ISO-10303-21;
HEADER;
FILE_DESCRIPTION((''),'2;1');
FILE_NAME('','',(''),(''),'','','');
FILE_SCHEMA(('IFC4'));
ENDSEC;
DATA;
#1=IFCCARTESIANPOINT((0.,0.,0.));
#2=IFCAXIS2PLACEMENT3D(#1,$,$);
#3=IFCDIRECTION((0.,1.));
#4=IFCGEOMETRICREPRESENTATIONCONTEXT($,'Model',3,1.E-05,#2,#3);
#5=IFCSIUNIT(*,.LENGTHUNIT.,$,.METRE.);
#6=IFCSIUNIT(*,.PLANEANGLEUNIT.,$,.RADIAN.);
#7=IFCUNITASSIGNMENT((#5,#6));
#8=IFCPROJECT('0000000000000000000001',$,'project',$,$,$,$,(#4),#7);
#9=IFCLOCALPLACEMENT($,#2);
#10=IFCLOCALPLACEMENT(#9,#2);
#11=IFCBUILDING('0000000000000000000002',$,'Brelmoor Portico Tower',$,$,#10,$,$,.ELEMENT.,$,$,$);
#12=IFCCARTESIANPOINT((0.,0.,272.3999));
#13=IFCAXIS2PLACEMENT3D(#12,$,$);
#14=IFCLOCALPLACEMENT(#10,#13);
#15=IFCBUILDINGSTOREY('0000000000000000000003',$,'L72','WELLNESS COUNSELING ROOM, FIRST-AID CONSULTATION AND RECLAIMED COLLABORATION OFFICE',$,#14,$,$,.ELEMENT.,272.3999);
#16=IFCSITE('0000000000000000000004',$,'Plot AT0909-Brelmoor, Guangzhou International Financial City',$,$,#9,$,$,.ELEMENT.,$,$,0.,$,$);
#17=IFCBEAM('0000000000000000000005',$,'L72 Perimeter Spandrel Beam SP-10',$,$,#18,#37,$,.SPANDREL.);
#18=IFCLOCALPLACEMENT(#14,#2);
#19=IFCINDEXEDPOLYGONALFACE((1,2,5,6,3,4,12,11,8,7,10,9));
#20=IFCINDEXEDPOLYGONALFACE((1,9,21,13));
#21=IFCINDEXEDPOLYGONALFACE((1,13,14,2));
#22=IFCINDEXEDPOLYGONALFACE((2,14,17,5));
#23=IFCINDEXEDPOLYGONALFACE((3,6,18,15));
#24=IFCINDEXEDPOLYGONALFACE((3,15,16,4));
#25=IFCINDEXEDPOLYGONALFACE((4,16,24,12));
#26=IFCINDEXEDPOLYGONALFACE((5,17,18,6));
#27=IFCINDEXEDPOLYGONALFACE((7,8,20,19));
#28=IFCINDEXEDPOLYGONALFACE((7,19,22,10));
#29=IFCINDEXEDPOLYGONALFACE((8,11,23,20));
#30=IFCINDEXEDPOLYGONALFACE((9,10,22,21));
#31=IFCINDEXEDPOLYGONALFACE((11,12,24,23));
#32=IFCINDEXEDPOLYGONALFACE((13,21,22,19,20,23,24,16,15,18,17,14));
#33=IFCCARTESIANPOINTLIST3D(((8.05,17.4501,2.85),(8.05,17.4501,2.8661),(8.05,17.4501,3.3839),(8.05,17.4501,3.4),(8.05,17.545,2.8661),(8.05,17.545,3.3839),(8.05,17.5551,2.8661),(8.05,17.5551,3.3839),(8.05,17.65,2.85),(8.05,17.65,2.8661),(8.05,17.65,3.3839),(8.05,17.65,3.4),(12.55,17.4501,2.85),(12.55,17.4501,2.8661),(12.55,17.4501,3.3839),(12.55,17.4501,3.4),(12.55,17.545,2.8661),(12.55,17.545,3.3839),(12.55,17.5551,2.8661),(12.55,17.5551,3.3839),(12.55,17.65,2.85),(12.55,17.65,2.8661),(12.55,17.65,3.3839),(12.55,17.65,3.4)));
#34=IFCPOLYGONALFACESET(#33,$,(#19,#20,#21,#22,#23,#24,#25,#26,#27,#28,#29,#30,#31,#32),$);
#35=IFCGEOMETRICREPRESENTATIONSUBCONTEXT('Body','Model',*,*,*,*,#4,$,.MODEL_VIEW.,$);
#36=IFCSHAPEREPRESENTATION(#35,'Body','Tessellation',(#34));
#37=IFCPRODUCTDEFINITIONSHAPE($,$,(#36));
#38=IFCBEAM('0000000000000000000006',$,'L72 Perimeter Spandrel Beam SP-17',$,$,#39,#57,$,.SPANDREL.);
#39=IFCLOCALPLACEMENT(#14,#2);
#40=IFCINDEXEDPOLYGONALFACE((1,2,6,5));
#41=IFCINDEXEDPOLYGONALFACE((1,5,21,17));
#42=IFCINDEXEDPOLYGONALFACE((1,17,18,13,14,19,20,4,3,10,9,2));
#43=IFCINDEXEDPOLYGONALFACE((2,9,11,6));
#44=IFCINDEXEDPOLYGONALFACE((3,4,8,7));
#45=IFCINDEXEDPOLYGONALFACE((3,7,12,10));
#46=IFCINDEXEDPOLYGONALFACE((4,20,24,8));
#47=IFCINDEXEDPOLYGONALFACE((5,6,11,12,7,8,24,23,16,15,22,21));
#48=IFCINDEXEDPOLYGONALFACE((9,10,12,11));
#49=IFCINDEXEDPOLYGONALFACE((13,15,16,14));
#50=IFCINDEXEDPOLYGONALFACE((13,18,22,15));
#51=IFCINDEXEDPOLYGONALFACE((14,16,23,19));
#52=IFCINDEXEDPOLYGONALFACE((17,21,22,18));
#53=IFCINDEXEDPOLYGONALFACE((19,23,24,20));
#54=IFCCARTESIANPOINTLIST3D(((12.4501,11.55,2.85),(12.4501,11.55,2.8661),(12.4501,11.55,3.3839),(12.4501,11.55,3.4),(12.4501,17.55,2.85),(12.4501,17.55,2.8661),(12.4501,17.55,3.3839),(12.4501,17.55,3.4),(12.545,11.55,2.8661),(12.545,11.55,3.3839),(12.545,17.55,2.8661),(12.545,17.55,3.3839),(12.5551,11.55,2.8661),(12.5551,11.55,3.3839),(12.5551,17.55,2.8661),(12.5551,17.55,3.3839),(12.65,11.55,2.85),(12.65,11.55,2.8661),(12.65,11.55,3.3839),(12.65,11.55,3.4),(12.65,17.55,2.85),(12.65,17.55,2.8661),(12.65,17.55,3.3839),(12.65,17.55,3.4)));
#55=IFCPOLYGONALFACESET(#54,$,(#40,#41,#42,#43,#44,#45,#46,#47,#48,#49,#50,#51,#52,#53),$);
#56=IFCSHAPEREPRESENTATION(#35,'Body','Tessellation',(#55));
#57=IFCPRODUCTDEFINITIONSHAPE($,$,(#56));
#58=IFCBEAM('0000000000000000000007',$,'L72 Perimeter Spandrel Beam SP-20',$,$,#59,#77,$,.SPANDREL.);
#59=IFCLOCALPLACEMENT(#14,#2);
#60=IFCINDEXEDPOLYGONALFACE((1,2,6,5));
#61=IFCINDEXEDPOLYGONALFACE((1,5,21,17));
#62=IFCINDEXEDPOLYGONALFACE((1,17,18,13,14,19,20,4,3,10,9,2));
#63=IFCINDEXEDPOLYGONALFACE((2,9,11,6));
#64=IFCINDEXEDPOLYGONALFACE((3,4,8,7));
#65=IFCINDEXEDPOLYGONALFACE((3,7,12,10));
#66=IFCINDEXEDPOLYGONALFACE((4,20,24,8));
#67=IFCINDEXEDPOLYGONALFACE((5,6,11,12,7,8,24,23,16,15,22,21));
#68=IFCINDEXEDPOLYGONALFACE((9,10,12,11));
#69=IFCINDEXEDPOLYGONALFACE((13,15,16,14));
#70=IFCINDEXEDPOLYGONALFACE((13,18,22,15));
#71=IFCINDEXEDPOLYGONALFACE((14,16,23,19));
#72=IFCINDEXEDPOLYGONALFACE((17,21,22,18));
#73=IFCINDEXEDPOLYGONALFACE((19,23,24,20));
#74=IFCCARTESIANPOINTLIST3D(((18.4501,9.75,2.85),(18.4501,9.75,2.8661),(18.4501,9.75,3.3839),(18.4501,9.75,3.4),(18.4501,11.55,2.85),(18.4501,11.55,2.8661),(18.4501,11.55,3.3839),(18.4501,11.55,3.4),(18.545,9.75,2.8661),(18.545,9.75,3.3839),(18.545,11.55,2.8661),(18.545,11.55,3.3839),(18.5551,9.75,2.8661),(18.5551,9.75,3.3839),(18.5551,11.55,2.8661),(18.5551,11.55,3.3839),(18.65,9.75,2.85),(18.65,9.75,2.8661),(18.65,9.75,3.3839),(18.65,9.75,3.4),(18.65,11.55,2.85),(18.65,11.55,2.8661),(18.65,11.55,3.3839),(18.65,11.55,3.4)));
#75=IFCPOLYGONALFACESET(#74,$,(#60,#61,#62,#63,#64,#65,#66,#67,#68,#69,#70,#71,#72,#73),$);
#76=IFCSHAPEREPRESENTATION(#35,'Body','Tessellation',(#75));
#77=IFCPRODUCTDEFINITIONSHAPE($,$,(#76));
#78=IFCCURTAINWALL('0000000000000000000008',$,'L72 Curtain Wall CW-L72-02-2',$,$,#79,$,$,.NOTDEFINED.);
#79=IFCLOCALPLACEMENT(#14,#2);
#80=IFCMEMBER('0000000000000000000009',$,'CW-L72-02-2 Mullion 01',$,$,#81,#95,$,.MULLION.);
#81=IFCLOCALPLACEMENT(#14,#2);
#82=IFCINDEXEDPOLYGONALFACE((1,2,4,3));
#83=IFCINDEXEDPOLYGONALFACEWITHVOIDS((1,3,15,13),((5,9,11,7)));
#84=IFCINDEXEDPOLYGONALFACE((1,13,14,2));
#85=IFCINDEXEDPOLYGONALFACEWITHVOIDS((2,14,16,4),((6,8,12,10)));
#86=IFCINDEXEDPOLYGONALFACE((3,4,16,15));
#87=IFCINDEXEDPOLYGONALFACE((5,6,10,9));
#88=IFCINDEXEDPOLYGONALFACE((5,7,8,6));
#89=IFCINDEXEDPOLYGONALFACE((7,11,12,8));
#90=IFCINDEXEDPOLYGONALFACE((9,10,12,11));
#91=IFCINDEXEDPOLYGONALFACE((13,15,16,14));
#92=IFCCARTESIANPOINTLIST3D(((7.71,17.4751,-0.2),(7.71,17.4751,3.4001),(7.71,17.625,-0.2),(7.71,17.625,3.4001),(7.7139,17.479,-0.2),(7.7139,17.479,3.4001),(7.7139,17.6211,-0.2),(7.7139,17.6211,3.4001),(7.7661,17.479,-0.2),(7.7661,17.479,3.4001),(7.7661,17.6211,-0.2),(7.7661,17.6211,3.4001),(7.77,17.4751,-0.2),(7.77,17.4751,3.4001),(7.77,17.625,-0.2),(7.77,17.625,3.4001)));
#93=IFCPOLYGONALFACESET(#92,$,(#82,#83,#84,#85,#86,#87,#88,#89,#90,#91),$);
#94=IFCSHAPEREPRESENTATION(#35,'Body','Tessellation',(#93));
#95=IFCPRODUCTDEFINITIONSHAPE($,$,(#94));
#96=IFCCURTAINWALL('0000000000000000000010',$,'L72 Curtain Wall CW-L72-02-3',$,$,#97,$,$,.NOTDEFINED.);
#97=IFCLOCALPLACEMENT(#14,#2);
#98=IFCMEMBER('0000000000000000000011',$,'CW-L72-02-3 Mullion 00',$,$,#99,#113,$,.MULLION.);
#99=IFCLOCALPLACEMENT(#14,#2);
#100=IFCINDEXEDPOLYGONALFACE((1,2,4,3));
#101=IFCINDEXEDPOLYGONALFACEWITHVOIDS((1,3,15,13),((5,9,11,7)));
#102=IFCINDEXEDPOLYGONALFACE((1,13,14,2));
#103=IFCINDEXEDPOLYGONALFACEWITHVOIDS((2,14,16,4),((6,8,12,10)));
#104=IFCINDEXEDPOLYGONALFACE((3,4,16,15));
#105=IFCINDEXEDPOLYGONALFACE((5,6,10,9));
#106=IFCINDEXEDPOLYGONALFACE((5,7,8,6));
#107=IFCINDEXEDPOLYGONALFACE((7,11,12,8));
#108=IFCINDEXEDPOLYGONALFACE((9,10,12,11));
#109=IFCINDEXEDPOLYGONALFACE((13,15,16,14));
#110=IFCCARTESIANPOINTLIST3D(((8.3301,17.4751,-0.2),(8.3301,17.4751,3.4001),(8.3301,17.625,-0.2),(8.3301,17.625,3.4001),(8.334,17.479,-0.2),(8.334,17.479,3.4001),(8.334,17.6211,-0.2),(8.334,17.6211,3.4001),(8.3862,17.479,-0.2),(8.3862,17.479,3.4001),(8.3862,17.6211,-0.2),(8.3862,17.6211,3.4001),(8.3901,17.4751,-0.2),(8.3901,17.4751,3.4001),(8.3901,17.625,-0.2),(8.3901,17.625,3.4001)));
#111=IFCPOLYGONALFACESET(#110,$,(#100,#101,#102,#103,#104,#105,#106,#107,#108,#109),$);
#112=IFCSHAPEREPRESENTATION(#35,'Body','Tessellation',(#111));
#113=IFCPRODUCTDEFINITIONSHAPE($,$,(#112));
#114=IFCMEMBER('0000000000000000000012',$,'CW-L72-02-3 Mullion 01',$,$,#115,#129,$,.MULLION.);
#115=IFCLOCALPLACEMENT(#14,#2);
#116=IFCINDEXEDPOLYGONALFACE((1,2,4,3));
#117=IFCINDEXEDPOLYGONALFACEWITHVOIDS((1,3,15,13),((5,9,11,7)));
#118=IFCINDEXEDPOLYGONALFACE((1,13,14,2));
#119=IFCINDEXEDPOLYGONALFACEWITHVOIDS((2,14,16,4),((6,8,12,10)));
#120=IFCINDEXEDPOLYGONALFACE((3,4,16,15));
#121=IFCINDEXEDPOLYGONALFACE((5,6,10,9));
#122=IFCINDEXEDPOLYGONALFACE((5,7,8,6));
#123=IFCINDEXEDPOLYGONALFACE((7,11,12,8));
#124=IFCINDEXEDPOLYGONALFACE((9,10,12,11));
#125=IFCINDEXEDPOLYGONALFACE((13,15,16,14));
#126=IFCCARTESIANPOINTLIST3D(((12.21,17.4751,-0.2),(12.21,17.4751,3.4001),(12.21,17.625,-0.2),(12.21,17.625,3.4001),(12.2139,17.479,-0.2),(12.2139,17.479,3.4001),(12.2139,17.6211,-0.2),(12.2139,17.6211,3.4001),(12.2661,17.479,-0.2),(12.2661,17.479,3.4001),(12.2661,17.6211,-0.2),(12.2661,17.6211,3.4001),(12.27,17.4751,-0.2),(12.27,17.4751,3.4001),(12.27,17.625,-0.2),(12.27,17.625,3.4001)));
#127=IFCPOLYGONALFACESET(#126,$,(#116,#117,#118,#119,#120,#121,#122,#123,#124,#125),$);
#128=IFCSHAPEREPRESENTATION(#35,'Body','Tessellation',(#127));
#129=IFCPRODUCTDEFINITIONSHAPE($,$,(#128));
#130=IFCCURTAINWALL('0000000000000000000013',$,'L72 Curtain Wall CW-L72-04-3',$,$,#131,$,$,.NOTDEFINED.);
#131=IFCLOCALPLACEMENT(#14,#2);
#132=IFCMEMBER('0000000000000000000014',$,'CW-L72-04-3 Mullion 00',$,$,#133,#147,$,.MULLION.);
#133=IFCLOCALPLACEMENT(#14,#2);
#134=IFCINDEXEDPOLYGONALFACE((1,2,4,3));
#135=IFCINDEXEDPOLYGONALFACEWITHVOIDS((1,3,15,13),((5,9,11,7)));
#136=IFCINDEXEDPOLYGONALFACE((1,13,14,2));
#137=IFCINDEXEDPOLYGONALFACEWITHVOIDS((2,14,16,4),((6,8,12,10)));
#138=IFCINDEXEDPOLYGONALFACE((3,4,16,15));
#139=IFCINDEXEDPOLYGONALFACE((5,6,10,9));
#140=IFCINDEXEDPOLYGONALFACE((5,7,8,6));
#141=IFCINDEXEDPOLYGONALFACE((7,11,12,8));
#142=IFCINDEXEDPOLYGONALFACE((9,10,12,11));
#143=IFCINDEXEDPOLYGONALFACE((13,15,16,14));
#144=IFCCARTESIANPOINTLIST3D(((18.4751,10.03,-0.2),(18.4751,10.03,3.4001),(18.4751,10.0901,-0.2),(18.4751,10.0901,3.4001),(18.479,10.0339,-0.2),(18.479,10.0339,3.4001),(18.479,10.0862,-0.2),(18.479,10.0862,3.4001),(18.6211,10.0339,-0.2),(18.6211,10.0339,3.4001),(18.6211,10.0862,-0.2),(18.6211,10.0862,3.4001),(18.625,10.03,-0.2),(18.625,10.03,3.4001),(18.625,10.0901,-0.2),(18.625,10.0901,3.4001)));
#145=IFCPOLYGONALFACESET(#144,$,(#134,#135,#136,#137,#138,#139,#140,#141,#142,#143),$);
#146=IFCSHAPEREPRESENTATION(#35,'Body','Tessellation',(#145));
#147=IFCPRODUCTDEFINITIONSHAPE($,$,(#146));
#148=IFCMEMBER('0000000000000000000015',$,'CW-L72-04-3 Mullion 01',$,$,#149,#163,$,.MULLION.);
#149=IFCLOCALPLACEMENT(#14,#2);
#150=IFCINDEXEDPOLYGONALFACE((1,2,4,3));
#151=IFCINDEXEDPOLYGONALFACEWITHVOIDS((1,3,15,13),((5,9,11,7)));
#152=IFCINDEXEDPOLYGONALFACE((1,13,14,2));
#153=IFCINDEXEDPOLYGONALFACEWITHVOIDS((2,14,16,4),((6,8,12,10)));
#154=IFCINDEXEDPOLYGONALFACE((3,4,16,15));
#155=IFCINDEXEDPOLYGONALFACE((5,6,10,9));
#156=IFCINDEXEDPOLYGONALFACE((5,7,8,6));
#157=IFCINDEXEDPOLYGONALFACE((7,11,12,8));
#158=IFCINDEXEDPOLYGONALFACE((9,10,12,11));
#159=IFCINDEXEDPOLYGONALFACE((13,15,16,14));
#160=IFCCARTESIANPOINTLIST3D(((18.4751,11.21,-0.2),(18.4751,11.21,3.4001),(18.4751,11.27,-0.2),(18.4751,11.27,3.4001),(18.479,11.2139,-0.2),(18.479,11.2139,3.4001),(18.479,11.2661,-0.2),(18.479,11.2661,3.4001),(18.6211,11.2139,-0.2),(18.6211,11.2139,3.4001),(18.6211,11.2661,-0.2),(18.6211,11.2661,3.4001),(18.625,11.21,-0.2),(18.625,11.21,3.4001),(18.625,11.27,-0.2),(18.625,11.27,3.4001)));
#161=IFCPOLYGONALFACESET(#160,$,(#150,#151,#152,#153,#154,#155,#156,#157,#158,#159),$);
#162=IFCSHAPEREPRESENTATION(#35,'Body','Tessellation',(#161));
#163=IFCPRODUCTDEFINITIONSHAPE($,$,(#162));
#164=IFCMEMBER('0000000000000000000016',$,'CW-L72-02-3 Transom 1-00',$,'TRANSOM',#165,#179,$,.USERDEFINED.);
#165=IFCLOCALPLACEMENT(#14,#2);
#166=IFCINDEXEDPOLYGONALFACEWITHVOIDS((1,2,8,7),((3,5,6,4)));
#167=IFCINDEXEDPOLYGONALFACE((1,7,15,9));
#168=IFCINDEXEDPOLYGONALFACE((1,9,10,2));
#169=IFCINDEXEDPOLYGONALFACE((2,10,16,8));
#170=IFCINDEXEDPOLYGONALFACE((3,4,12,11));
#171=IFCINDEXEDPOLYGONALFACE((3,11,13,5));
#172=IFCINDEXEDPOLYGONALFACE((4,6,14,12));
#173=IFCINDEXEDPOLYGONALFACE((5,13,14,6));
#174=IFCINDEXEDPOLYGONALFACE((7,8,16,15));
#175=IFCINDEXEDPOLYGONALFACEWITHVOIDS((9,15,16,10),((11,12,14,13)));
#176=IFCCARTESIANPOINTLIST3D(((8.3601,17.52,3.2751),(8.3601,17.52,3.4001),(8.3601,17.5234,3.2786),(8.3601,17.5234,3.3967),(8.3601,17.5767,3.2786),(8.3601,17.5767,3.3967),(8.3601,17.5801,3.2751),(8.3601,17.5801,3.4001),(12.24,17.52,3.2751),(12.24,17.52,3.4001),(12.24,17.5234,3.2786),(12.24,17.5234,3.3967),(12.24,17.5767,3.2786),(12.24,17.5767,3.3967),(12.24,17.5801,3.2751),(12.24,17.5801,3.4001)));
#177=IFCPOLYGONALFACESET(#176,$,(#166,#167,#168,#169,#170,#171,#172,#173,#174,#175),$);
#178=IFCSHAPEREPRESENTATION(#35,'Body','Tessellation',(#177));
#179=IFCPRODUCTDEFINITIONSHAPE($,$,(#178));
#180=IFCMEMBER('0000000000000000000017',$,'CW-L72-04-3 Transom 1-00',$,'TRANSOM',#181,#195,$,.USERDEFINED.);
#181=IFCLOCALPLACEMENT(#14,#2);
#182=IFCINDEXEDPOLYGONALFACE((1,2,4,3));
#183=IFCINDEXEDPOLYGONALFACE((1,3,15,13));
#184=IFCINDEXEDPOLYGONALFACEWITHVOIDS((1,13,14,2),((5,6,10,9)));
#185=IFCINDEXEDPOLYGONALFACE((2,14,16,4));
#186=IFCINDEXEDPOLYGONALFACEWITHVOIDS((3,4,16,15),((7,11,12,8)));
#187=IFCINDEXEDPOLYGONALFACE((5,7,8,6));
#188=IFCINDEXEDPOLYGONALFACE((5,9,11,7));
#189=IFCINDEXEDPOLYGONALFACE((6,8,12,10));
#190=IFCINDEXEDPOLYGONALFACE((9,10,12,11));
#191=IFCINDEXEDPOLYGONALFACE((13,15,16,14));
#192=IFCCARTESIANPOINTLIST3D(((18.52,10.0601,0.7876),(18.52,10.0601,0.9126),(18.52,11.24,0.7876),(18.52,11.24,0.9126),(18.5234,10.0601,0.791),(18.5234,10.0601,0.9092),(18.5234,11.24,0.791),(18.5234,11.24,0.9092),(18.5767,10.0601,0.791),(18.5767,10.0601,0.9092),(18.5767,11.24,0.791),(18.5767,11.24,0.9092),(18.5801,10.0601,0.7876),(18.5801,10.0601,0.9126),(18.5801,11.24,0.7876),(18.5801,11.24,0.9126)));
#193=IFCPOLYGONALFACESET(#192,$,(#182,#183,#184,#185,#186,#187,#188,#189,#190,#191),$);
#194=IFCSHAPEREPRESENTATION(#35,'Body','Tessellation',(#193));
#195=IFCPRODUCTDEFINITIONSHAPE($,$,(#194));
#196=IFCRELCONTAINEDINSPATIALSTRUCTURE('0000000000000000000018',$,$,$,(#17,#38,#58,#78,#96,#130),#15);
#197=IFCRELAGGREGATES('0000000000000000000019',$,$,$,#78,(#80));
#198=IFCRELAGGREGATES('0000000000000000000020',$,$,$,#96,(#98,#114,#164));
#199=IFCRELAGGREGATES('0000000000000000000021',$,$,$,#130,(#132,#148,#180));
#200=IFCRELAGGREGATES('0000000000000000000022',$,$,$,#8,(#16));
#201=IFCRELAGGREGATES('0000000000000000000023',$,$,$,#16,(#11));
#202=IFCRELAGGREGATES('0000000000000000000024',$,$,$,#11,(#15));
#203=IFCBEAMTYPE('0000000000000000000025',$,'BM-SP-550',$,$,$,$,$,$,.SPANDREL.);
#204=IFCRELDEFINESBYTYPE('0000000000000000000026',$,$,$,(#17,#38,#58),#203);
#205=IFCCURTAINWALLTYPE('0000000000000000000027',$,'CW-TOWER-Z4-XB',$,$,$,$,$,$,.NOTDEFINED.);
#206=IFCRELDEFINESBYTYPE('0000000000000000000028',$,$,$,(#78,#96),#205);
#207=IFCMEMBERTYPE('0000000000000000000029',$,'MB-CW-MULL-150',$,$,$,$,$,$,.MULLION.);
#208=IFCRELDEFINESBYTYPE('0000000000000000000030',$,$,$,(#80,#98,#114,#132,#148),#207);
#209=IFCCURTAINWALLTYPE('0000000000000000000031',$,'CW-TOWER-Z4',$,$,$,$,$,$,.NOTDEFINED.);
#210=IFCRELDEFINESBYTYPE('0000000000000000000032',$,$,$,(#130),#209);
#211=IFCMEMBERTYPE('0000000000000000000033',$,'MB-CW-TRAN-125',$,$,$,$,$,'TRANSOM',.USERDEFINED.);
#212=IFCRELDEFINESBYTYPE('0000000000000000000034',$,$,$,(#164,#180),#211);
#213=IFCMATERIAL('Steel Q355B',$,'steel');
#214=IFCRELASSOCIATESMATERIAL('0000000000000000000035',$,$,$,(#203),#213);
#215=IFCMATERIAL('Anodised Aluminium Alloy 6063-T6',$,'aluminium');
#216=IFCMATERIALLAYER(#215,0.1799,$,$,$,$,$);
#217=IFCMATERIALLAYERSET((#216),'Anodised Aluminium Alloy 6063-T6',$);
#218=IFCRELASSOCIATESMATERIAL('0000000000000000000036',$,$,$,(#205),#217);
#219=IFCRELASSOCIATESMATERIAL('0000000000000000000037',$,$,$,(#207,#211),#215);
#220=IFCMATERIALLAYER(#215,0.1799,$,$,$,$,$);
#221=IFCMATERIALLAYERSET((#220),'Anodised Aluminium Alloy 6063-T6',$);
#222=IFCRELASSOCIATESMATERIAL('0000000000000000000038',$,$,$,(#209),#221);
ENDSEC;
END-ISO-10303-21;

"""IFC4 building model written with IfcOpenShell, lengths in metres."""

from ifc_helpers import new_model, si_unit, direction, frame, origin, origin_2d, place, context, subcontext, project, spatial, hollow_rectangle, i_section, extrude, material, layer, layer_set, material_profile, profile_set, type_object, element, aggregate, save


model = new_model("IFC4")

# Units and contexts
model_context = context("Model", 3, precision=1e-05, world=origin(), true_north=direction((0.0, 1.0)))
body_context = subcontext(model_context, "Body", "Model", "MODEL_VIEW")
ifc_project = project(units=[si_unit("LENGTHUNIT", "METRE"), si_unit("PLANEANGLEUNIT", "RADIAN")], contexts=[model_context])

# Site, building, storey
site_placement = place(None, origin())
site = spatial("IfcSite", under=ifc_project, at=site_placement, Name="Plot AT0909-Brelmoor, Guangzhou International Financial City", CompositionType="ELEMENT", RefElevation=0.0)
building_placement = place(site_placement, origin())
building = spatial("IfcBuilding", under=site, at=building_placement, Name="Brelmoor Portico Tower", CompositionType="ELEMENT")
storey_placement = place(building_placement, frame((0.0, 0.0, 272.3999)))
storey = spatial("IfcBuildingStorey", under=building, at=storey_placement, Name="L72", Description="WELLNESS COUNSELING ROOM, FIRST-AID CONSULTATION AND RECLAIMED COLLABORATION OFFICE", CompositionType="ELEMENT", Elevation=272.3999)

# Shared definitions
ifc_material_1 = material(Name="Steel Q355B", Category="steel")

# Beams
ifc_material_profile_1 = material_profile(ifc_material_1, i_section(OverallWidth=0.2, OverallDepth=0.55, WebThickness=0.01, FlangeThickness=0.0161, at=origin_2d()), Name="HN 550x200x10x16")
ifc_profile_set_1 = profile_set([ifc_material_profile_1], Name="Steel Q355B")
beam_type_1 = type_object("IfcBeamType", Name="BM-SP-550", PredefinedType="SPANDREL", material=ifc_profile_set_1)
beam_1_placement = place(storey_placement, frame((8.05, 17.55, 3.125), z_axis=(1.0, 0.0, 0.0), x_axis=(0.0, 1.0, 0.0)))
element("IfcBeam", 1, at=beam_1_placement, inside=storey, type_object=beam_type_1, Name="L72 Perimeter Spandrel Beam SP-10", PredefinedType="SPANDREL", context=body_context, shape_type="SweptSolid", body=[
    extrude(i_section(OverallWidth=0.2, OverallDepth=0.55, WebThickness=0.01, FlangeThickness=0.0161, at=origin_2d()), origin(), (0.0, 0.0, 1.0), 4.5),
])
beam_2_placement = place(storey_placement, frame((12.55, 11.55, 3.125), z_axis=(0.0, 1.0, 0.0), x_axis=(-1.0, 0.0, 0.0)))
element("IfcBeam", 2, at=beam_2_placement, inside=storey, type_object=beam_type_1, Name="L72 Perimeter Spandrel Beam SP-17", PredefinedType="SPANDREL", context=body_context, shape_type="SweptSolid", body=[
    extrude(i_section(OverallWidth=0.2, OverallDepth=0.55, WebThickness=0.01, FlangeThickness=0.0161, at=origin_2d()), origin(), (0.0, 0.0, 1.0), 6.0),
])
beam_3_placement = place(storey_placement, frame((18.55, 9.75, 3.125), z_axis=(0.0, 1.0, 0.0), x_axis=(-1.0, 0.0, 0.0)))
element("IfcBeam", 3, at=beam_3_placement, inside=storey, type_object=beam_type_1, Name="L72 Perimeter Spandrel Beam SP-20", PredefinedType="SPANDREL", context=body_context, shape_type="SweptSolid", body=[
    extrude(i_section(OverallWidth=0.2, OverallDepth=0.55, WebThickness=0.01, FlangeThickness=0.0161, at=origin_2d()), origin(), (0.0, 0.0, 1.0), 1.8),
])

# Curtain wall, member
ifc_material_2 = material(Name="Anodised Aluminium Alloy 6063-T6", Category="aluminium")
ifc_layer_1 = layer(ifc_material_2, 0.1799)
ifc_layer_set_1 = layer_set([ifc_layer_1], Name="Anodised Aluminium Alloy 6063-T6")
curtain_wall_type_1 = type_object("IfcCurtainWallType", Name="CW-TOWER-Z4-XB", PredefinedType="NOTDEFINED", material=ifc_layer_set_1)
curtain_wall_1_placement = place(storey_placement, origin())
curtain_wall_1 = element("IfcCurtainWall", 4, at=curtain_wall_1_placement, inside=storey, type_object=curtain_wall_type_1, Name="L72 Curtain Wall CW-L72-02-2", PredefinedType="NOTDEFINED")
ifc_material_profile_2 = material_profile(ifc_material_2, hollow_rectangle(XDim=0.0601, YDim=0.1499, WallThickness=0.0039, at=origin_2d()), Name="ALU MULLION 60x150")
ifc_profile_set_2 = profile_set([ifc_material_profile_2], Name="Anodised Aluminium Alloy 6063-T6")
member_type_1 = type_object("IfcMemberType", Name="MB-CW-MULL-150", PredefinedType="MULLION", material=ifc_profile_set_2)
member_1_placement = place(storey_placement, frame((7.74, 17.55, -0.2), z_axis=(0.0, 0.0, 1.0), x_axis=(1.0, 0.0, 0.0)))
member_1 = element("IfcMember", 5, at=member_1_placement, type_object=member_type_1, Name="CW-L72-02-2 Mullion 01", PredefinedType="MULLION", context=body_context, shape_type="SweptSolid", body=[
    extrude(hollow_rectangle(XDim=0.0601, YDim=0.1499, WallThickness=0.0039, at=origin_2d()), origin(), (0.0, 0.0, 1.0), 3.6001),
])

# Curtain walls, members
curtain_wall_2_placement = place(storey_placement, origin())
curtain_wall_2 = element("IfcCurtainWall", 6, at=curtain_wall_2_placement, inside=storey, type_object=curtain_wall_type_1, Name="L72 Curtain Wall CW-L72-02-3", PredefinedType="NOTDEFINED")
member_2_placement = place(storey_placement, frame((8.3601, 17.55, -0.2), z_axis=(0.0, 0.0, 1.0), x_axis=(1.0, 0.0, 0.0)))
member_2 = element("IfcMember", 7, at=member_2_placement, type_object=member_type_1, Name="CW-L72-02-3 Mullion 00", PredefinedType="MULLION", context=body_context, shape_type="SweptSolid", body=[
    extrude(hollow_rectangle(XDim=0.0601, YDim=0.1499, WallThickness=0.0039, at=origin_2d()), origin(), (0.0, 0.0, 1.0), 3.6001),
])
member_3_placement = place(storey_placement, frame((12.24, 17.55, -0.2), z_axis=(0.0, 0.0, 1.0), x_axis=(1.0, 0.0, 0.0)))
member_3 = element("IfcMember", 8, at=member_3_placement, type_object=member_type_1, Name="CW-L72-02-3 Mullion 01", PredefinedType="MULLION", context=body_context, shape_type="SweptSolid", body=[
    extrude(hollow_rectangle(XDim=0.0601, YDim=0.1499, WallThickness=0.0039, at=origin_2d()), origin(), (0.0, 0.0, 1.0), 3.6001),
])
ifc_layer_2 = layer(ifc_material_2, 0.1799)
ifc_layer_set_2 = layer_set([ifc_layer_2], Name="Anodised Aluminium Alloy 6063-T6")
curtain_wall_type_2 = type_object("IfcCurtainWallType", Name="CW-TOWER-Z4", PredefinedType="NOTDEFINED", material=ifc_layer_set_2)
curtain_wall_3_placement = place(storey_placement, origin())
curtain_wall_3 = element("IfcCurtainWall", 9, at=curtain_wall_3_placement, inside=storey, type_object=curtain_wall_type_2, Name="L72 Curtain Wall CW-L72-04-3", PredefinedType="NOTDEFINED")
member_4_placement = place(storey_placement, frame((18.55, 10.0601, -0.2), z_axis=(0.0, 0.0, 1.0), x_axis=(0.0, 1.0, 0.0)))
member_4 = element("IfcMember", 10, at=member_4_placement, type_object=member_type_1, Name="CW-L72-04-3 Mullion 00", PredefinedType="MULLION", context=body_context, shape_type="SweptSolid", body=[
    extrude(hollow_rectangle(XDim=0.0601, YDim=0.1499, WallThickness=0.0039, at=origin_2d()), origin(), (0.0, 0.0, 1.0), 3.6001),
])
member_5_placement = place(storey_placement, frame((18.55, 11.24, -0.2), z_axis=(0.0, 0.0, 1.0), x_axis=(0.0, 1.0, 0.0)))
member_5 = element("IfcMember", 11, at=member_5_placement, type_object=member_type_1, Name="CW-L72-04-3 Mullion 01", PredefinedType="MULLION", context=body_context, shape_type="SweptSolid", body=[
    extrude(hollow_rectangle(XDim=0.0601, YDim=0.1499, WallThickness=0.0039, at=origin_2d()), origin(), (0.0, 0.0, 1.0), 3.6001),
])

# Members
ifc_material_profile_3 = material_profile(ifc_material_2, hollow_rectangle(XDim=0.0601, YDim=0.125, WallThickness=0.0034, at=origin_2d()), Name="ALU TRANSOM 60x125")
ifc_profile_set_3 = profile_set([ifc_material_profile_3], Name="Anodised Aluminium Alloy 6063-T6")
member_type_2 = type_object("IfcMemberType", Name="MB-CW-TRAN-125", ElementType="TRANSOM", PredefinedType="USERDEFINED", material=ifc_profile_set_3)
member_6_placement = place(storey_placement, frame((8.3601, 17.55, 3.3376), z_axis=(1.0, 0.0, 0.0), x_axis=(0.0, 1.0, 0.0)))
member_6 = element("IfcMember", 12, at=member_6_placement, type_object=member_type_2, Name="CW-L72-02-3 Transom 1-00", ObjectType="TRANSOM", PredefinedType="USERDEFINED", context=body_context, shape_type="SweptSolid", body=[
    extrude(hollow_rectangle(XDim=0.0601, YDim=0.125, WallThickness=0.0034, at=origin_2d()), origin(), (0.0, 0.0, 1.0), 3.8799),
])
member_7_placement = place(storey_placement, frame((18.55, 10.0601, 0.8501), z_axis=(0.0, 1.0, 0.0), x_axis=(-1.0, 0.0, 0.0)))
member_7 = element("IfcMember", 13, at=member_7_placement, type_object=member_type_2, Name="CW-L72-04-3 Transom 1-00", ObjectType="TRANSOM", PredefinedType="USERDEFINED", context=body_context, shape_type="SweptSolid", body=[
    extrude(hollow_rectangle(XDim=0.0601, YDim=0.125, WallThickness=0.0034, at=origin_2d()), origin(), (0.0, 0.0, 1.0), 1.1799),
])

aggregate(curtain_wall_1, [member_1])
aggregate(curtain_wall_2, [member_2, member_3, member_6])
aggregate(curtain_wall_3, [member_4, member_5, member_7])

save(model, "model.ifc")
